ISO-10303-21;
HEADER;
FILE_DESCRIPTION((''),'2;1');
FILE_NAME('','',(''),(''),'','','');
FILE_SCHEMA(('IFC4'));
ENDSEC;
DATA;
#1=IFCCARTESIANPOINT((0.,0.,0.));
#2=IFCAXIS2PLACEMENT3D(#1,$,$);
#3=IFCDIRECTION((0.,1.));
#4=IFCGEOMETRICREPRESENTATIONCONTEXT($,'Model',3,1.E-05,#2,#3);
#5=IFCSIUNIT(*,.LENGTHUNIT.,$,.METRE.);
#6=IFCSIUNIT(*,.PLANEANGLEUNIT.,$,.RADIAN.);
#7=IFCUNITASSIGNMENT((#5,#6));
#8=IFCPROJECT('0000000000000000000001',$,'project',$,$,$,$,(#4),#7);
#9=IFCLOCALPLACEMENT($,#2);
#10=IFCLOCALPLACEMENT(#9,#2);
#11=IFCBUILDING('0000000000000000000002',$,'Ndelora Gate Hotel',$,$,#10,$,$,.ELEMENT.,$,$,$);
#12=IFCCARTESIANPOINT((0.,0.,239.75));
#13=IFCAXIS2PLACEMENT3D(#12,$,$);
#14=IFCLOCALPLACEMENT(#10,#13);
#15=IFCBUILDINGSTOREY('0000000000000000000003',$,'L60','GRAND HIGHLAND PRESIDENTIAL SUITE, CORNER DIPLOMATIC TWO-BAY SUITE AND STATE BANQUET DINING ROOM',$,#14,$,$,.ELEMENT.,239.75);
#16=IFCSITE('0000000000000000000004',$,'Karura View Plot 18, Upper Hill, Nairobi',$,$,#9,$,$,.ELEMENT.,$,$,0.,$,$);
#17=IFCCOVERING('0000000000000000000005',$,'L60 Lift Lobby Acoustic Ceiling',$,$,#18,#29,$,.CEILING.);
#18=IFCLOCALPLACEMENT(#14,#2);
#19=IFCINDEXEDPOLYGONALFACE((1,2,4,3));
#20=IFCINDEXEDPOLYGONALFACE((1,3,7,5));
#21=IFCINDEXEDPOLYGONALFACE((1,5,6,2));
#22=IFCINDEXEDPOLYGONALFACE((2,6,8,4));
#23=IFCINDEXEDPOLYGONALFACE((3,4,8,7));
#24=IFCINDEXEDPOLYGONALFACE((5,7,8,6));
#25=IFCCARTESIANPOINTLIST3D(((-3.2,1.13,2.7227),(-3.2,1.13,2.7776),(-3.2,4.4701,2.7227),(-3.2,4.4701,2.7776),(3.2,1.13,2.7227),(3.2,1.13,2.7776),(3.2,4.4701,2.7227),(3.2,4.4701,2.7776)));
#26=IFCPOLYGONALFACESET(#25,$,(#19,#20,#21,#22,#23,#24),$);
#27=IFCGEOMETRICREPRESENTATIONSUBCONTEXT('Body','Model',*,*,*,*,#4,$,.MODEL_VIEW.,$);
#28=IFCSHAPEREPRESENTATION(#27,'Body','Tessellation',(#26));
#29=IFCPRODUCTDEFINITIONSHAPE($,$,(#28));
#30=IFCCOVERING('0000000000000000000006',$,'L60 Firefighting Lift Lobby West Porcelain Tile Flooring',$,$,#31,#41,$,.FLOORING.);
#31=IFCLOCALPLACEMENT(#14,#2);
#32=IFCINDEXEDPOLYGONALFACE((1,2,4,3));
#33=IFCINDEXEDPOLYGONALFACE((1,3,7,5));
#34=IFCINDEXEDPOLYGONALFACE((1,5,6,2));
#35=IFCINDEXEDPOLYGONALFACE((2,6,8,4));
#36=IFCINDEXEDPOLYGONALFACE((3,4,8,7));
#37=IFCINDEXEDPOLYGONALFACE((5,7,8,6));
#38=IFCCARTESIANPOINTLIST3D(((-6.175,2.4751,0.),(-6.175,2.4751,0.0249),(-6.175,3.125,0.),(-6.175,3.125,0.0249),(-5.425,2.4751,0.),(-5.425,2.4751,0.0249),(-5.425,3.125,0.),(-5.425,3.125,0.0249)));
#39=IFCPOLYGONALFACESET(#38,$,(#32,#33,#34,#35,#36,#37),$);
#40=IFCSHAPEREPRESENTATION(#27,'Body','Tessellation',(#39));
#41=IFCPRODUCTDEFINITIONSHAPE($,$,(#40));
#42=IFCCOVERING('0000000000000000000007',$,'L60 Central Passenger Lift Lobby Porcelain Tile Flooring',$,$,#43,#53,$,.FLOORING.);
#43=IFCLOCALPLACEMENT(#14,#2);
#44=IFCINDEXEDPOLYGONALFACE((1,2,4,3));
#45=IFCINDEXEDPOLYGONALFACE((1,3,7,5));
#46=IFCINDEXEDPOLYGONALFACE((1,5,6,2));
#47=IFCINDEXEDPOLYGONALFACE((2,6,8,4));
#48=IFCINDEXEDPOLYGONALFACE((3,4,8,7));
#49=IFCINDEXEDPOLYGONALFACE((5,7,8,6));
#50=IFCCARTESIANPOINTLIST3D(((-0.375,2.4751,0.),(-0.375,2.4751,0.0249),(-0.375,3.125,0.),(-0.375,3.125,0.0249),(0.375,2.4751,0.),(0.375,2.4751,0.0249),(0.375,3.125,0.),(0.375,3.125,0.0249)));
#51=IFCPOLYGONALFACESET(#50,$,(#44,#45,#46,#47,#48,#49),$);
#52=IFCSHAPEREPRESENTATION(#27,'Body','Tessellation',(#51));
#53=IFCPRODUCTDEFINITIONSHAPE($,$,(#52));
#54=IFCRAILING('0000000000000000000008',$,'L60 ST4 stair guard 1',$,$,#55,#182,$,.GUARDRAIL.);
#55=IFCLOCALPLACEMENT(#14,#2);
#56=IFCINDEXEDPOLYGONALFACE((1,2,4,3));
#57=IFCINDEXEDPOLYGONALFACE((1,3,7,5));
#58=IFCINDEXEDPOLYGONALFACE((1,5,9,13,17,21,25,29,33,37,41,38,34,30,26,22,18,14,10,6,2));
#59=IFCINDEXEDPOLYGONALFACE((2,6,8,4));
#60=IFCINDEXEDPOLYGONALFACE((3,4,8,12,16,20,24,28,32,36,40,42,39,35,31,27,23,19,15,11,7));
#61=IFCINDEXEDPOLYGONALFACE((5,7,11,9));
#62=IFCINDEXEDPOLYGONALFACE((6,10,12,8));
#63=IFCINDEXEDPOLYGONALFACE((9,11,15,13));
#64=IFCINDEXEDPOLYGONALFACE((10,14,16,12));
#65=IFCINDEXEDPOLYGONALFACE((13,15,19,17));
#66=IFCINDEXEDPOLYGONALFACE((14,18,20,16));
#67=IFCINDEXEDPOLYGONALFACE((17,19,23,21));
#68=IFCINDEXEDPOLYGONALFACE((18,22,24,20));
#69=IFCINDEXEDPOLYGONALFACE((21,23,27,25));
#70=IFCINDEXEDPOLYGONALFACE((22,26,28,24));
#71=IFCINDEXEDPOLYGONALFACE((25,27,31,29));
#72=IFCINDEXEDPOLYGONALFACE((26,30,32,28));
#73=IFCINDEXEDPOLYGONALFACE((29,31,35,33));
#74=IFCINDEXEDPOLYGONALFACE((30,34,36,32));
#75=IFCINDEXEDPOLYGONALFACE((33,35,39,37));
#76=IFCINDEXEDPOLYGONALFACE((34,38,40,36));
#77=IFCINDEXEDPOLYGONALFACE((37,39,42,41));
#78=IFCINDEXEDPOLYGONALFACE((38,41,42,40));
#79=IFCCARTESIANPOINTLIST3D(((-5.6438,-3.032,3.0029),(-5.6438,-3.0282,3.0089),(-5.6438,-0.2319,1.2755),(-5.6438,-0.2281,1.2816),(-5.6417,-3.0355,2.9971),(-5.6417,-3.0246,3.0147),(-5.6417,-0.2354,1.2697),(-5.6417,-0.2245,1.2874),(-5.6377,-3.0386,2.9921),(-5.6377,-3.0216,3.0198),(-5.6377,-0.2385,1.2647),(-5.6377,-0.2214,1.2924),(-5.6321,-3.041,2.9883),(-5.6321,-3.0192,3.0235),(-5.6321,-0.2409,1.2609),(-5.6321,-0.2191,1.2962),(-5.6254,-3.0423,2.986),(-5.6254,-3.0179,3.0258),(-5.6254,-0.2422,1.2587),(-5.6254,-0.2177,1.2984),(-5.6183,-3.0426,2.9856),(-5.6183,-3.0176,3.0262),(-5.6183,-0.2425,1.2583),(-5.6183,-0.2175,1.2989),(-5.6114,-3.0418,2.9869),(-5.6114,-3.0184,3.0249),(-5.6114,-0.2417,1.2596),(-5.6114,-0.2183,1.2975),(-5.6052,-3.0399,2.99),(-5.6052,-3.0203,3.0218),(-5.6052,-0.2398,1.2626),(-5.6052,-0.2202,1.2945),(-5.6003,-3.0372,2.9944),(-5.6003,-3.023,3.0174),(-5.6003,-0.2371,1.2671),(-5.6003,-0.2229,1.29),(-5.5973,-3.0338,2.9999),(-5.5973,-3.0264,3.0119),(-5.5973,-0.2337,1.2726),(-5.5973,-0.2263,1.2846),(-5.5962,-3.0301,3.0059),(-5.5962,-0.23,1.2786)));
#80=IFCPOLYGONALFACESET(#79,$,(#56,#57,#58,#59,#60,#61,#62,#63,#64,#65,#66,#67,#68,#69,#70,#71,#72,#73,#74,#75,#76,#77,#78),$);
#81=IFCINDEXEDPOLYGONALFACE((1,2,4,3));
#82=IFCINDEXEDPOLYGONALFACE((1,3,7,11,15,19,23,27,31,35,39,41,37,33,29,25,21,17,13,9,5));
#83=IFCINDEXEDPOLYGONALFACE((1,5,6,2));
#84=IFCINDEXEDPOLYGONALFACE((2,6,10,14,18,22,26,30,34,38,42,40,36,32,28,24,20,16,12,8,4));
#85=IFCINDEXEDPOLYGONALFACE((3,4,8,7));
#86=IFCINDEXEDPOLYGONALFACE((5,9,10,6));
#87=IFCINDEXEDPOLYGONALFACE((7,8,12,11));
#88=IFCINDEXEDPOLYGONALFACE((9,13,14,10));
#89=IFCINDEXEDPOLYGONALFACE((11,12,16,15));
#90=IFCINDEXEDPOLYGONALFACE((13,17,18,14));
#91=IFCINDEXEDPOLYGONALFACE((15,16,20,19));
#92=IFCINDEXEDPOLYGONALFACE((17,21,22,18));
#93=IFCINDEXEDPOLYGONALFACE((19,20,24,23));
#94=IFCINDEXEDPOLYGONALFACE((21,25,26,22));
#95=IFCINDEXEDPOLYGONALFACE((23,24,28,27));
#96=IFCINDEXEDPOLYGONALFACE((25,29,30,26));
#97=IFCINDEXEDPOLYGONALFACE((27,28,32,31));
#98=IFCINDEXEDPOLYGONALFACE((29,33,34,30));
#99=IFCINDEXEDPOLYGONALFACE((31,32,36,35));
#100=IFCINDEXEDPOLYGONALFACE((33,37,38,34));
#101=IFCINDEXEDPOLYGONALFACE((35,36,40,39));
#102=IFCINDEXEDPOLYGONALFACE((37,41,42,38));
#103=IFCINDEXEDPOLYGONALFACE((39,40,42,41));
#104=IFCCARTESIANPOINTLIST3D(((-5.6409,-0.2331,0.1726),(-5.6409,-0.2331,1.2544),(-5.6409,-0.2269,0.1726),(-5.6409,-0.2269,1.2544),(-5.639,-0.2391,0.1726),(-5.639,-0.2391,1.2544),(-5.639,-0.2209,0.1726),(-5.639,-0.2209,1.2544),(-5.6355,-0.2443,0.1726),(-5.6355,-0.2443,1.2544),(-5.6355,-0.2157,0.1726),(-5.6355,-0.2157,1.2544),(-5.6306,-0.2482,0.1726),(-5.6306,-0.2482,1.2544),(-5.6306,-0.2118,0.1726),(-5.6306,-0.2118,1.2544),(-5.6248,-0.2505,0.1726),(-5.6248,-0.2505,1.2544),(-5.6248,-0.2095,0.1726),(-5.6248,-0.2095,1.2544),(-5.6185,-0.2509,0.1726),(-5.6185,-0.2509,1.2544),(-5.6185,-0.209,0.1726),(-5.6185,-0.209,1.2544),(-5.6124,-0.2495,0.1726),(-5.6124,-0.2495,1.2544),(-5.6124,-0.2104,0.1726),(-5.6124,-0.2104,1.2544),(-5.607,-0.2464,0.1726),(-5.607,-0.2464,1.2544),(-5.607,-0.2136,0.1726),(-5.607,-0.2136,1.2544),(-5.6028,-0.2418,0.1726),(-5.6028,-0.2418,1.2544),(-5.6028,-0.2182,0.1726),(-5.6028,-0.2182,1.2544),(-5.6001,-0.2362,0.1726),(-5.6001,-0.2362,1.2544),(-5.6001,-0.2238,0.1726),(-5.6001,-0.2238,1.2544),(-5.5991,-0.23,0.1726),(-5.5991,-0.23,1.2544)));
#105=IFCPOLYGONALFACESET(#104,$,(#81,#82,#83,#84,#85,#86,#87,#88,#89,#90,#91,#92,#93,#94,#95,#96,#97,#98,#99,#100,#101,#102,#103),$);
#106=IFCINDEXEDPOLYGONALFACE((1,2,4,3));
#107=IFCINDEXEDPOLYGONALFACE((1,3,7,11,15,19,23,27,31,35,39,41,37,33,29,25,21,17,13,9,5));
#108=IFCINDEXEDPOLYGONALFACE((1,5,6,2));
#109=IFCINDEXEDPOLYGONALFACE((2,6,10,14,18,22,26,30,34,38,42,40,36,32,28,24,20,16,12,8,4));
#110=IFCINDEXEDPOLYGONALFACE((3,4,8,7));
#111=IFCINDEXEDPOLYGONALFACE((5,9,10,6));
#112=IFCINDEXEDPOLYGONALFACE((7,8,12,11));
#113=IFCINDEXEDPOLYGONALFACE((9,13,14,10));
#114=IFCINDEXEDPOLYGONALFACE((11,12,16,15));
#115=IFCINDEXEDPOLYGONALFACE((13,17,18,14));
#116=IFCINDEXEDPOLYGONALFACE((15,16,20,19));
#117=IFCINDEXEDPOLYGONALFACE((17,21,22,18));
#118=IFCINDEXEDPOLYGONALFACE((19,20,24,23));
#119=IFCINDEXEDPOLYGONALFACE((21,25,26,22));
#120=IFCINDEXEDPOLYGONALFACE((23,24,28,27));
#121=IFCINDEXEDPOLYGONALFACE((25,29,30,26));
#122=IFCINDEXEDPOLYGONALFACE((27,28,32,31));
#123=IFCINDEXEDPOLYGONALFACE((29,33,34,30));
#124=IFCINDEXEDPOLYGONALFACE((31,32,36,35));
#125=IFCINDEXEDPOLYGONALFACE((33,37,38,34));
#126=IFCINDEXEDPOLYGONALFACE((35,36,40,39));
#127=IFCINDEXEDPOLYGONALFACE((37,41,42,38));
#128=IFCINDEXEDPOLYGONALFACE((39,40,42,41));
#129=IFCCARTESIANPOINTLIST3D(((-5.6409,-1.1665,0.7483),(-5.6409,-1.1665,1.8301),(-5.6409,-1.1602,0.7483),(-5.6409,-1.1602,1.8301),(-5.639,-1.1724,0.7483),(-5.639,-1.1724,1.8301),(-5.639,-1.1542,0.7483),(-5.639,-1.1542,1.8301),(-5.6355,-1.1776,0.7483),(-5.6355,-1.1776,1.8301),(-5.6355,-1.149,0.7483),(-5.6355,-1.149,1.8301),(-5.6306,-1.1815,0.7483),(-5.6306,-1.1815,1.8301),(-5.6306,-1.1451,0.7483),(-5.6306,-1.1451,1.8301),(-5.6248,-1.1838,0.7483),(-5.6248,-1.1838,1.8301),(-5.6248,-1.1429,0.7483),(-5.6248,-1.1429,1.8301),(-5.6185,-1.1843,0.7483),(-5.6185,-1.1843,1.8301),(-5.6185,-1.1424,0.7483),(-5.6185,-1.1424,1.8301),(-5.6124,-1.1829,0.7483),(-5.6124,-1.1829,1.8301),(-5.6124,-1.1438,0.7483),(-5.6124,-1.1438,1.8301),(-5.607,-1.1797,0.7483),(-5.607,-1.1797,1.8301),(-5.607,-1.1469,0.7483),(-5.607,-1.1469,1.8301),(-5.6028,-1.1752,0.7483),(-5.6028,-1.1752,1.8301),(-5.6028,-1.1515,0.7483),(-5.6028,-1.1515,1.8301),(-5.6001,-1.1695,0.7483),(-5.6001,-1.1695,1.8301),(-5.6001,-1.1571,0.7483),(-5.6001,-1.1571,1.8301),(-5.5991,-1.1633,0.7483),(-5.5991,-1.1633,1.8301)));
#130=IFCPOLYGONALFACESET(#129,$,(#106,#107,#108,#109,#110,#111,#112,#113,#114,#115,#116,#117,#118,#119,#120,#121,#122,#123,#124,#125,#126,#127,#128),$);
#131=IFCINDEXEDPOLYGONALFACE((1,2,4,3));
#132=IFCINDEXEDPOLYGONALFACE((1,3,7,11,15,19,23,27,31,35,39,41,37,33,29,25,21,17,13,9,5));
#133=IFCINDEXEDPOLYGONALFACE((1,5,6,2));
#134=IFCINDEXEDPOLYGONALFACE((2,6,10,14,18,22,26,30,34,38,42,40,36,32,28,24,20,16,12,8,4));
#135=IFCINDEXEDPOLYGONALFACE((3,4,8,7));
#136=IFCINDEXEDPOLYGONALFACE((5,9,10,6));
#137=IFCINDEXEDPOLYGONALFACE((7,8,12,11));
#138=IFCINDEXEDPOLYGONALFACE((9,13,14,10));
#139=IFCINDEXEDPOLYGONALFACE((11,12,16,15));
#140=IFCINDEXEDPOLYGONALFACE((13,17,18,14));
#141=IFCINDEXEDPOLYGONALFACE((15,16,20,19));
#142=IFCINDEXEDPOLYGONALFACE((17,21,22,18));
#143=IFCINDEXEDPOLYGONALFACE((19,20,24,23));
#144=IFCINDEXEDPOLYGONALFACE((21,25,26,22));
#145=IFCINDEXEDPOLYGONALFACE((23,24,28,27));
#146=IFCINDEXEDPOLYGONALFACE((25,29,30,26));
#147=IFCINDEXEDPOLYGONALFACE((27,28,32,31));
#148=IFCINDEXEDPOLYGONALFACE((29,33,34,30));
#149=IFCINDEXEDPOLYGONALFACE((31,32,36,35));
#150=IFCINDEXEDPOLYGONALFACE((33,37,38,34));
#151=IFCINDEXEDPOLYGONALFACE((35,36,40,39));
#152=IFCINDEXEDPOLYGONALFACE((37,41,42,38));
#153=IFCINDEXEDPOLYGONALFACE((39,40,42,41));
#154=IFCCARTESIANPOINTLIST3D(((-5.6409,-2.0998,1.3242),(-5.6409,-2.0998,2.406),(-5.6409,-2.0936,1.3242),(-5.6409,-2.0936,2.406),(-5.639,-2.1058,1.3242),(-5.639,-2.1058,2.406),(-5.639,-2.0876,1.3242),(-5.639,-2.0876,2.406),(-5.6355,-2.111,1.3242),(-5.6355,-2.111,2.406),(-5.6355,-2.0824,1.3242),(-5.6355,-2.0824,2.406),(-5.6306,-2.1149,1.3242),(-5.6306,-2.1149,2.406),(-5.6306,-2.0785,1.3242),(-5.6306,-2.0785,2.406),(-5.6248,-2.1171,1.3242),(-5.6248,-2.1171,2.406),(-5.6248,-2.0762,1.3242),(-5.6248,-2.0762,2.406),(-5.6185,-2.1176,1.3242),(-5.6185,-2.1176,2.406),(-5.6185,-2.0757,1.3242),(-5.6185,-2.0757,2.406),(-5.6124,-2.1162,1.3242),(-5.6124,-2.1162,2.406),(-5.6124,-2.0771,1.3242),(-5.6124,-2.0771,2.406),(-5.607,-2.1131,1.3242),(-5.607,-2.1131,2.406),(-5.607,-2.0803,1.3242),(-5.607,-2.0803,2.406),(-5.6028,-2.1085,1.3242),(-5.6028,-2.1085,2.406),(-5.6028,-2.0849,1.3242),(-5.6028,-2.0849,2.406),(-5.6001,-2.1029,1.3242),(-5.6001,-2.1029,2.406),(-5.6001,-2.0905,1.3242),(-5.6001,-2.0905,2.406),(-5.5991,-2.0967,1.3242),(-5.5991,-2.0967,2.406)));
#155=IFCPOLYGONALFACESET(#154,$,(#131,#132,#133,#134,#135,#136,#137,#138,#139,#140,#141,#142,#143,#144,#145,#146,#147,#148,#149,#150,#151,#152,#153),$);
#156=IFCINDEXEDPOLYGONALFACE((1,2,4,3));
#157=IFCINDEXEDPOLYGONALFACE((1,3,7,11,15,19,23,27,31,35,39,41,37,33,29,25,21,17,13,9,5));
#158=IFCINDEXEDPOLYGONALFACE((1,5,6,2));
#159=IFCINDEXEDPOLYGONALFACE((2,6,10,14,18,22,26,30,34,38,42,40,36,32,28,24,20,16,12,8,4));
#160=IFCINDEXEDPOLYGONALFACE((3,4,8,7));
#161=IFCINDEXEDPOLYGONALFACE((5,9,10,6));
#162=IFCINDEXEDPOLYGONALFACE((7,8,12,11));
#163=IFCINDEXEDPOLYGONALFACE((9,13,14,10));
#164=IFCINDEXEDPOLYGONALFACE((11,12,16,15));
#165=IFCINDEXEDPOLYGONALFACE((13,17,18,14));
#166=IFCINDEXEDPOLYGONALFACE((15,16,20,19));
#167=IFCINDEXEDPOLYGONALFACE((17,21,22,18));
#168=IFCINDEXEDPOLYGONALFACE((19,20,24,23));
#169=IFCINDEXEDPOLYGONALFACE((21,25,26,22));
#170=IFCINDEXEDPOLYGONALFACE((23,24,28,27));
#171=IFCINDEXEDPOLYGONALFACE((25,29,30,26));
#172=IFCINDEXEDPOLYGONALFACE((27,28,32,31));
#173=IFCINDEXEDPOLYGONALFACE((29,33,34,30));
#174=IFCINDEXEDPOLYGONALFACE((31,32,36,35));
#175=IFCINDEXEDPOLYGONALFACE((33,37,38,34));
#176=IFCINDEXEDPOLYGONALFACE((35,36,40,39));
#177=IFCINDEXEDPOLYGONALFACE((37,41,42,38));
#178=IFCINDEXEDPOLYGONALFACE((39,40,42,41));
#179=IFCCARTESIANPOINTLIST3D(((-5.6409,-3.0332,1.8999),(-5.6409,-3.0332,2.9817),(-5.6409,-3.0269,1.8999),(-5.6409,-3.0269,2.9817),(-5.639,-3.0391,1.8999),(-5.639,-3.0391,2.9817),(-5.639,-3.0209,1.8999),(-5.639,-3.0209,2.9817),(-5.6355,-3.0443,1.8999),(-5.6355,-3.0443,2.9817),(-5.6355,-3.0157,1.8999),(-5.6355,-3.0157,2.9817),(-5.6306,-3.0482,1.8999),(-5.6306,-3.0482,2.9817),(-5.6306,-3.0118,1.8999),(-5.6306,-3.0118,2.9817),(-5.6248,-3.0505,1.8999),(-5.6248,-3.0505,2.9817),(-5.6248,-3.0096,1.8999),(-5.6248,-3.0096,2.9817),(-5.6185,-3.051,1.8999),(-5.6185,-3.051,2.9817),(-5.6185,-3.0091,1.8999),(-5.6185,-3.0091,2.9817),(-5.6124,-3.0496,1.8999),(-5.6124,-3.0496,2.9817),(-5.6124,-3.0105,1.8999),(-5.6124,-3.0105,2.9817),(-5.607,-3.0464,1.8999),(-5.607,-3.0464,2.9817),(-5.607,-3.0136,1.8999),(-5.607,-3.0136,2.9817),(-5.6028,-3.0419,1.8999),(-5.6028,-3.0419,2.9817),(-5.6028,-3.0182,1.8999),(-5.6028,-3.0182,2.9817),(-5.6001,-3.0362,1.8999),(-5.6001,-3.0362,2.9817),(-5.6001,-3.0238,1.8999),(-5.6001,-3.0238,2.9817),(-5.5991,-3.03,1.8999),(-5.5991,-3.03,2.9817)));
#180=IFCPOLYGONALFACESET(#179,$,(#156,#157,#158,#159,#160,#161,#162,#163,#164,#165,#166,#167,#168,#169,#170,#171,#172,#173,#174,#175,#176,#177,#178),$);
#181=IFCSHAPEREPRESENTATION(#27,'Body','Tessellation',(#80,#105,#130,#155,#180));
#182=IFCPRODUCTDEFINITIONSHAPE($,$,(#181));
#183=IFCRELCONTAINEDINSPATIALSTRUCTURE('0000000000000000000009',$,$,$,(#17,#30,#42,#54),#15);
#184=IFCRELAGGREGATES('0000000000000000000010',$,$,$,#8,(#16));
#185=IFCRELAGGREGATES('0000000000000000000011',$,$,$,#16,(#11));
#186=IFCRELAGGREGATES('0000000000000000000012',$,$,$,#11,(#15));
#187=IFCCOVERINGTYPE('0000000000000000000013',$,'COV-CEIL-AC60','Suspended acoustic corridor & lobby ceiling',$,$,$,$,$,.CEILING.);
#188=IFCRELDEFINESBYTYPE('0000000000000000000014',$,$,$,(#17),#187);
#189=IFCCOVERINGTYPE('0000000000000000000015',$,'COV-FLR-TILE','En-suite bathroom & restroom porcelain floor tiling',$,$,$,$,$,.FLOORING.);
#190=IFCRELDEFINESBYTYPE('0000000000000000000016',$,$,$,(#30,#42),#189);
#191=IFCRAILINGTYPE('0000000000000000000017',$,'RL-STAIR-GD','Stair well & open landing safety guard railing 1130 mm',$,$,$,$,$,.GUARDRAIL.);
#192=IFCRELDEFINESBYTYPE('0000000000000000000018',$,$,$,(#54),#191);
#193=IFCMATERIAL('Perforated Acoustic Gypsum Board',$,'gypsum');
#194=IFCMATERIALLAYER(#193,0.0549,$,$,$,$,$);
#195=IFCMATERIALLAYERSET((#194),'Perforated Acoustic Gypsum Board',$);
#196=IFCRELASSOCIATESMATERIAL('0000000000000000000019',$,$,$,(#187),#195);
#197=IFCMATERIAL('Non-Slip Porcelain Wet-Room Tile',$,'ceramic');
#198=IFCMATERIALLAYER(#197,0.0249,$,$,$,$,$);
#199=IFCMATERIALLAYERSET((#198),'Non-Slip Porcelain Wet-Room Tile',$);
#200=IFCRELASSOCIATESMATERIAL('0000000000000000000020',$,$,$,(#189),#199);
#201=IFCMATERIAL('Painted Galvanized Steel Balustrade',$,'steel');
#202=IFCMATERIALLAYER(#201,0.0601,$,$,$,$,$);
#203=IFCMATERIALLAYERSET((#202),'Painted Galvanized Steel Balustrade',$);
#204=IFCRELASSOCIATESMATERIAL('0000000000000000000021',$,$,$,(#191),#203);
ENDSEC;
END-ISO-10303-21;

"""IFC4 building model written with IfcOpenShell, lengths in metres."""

from ifc_helpers import new_model, si_unit, direction, frame, origin, origin_2d, place, context, subcontext, project, spatial, rectangle, circle, extrude, material, layer, layer_set, type_object, element, save


model = new_model("IFC4")

# Units and contexts
model_context = context("Model", 3, precision=1e-05, world=origin(), true_north=direction((0.0, 1.0)))
body_context = subcontext(model_context, "Body", "Model", "MODEL_VIEW")
ifc_project = project(units=[si_unit("LENGTHUNIT", "METRE"), si_unit("PLANEANGLEUNIT", "RADIAN")], contexts=[model_context])

# Site, building, storey
site_placement = place(None, origin())
site = spatial("IfcSite", under=ifc_project, at=site_placement, Name="Karura View Plot 18, Upper Hill, Nairobi", CompositionType="ELEMENT", RefElevation=0.0)
building_placement = place(site_placement, origin())
building = spatial("IfcBuilding", under=site, at=building_placement, Name="Ndelora Gate Hotel", CompositionType="ELEMENT")
storey_placement = place(building_placement, frame((0.0, 0.0, 239.75)))
storey = spatial("IfcBuildingStorey", under=building, at=storey_placement, Name="L60", Description="GRAND HIGHLAND PRESIDENTIAL SUITE, CORNER DIPLOMATIC TWO-BAY SUITE AND STATE BANQUET DINING ROOM", CompositionType="ELEMENT", Elevation=239.75)

# Coverings
ifc_material_1 = material(Name="Perforated Acoustic Gypsum Board", Category="gypsum")
ifc_layer_1 = layer(ifc_material_1, 0.0549)
ifc_layer_set_1 = layer_set([ifc_layer_1], Name="Perforated Acoustic Gypsum Board")
covering_type_1 = type_object("IfcCoveringType", Name="COV-CEIL-AC60", Description="Suspended acoustic corridor & lobby ceiling", PredefinedType="CEILING", material=ifc_layer_set_1)
covering_placement = place(storey_placement, frame((0.0, 2.8, 2.7227), z_axis=(0.0, 0.0, 1.0), x_axis=(1.0, 0.0, 0.0)))
element("IfcCovering", 1, at=covering_placement, inside=storey, type_object=covering_type_1, Name="L60 Lift Lobby Acoustic Ceiling", PredefinedType="CEILING", context=body_context, shape_type="SweptSolid", body=[
    extrude(rectangle(XDim=6.3999, YDim=3.3401, at=origin_2d()), origin(), (0.0, 0.0, 1.0), 0.0549),
])
ifc_material_2 = material(Name="Non-Slip Porcelain Wet-Room Tile", Category="ceramic")
ifc_layer_2 = layer(ifc_material_2, 0.0249)
ifc_layer_set_2 = layer_set([ifc_layer_2], Name="Non-Slip Porcelain Wet-Room Tile")
covering_type_2 = type_object("IfcCoveringType", Name="COV-FLR-TILE", Description="En-suite bathroom & restroom porcelain floor tiling", PredefinedType="FLOORING", material=ifc_layer_set_2)
for number, where, z_axis, x_axis, name in (
    (2, (-5.8, 2.8, 0.0), (0.0, 0.0, 1.0), (1.0, 0.0, 0.0), "L60 Firefighting Lift Lobby West Porcelain Tile Flooring"),
    (3, (0.0, 2.8, 0.0), (0.0, 0.0, 1.0), (1.0, 0.0, 0.0), "L60 Central Passenger Lift Lobby Porcelain Tile Flooring"),
):
    element("IfcCovering", number, at=place(storey_placement, frame(where, z_axis=z_axis, x_axis=x_axis)), inside=storey, type_object=covering_type_2, Name=name, PredefinedType="FLOORING", context=body_context, shape_type="SweptSolid", body=[
        extrude(rectangle(XDim=0.75, YDim=0.6499, at=origin_2d()), origin(), (0.0, 0.0, 1.0), 0.0249),
    ])

# Railing
ifc_material_3 = material(Name="Painted Galvanized Steel Balustrade", Category="steel")
ifc_layer_3 = layer(ifc_material_3, 0.0601)
ifc_layer_set_3 = layer_set([ifc_layer_3], Name="Painted Galvanized Steel Balustrade")
railing_type = type_object("IfcRailingType", Name="RL-STAIR-GD", Description="Stair well & open landing safety guard railing 1130 mm", PredefinedType="GUARDRAIL", material=ifc_layer_set_3)
railing_1_placement = place(storey_placement, frame((-5.6201, -0.23, 0.1726)))
element("IfcRailing", 4, at=railing_1_placement, inside=storey, type_object=railing_type, Name="L60 ST4 stair guard 1", PredefinedType="GUARDRAIL", context=body_context, shape_type="SweptSolid", body=[
    extrude(circle(Radius=0.0239, at=origin_2d()), frame((0.0, 0.0, 1.106), z_axis=(0.0, -0.85109, 0.52502), x_axis=(1.0, 0.0, 0.0)), (0.0, 0.0, 1.0), 3.29),
    extrude(circle(Radius=0.021, at=origin_2d()), origin(), (0.0, 0.0, 1.0), 1.0818),
    extrude(circle(Radius=0.021, at=origin_2d()), frame((0.0, -0.9333, 0.5757)), (0.0, 0.0, 1.0), 1.0818),
    extrude(circle(Radius=0.021, at=origin_2d()), frame((0.0, -1.8667, 1.1516)), (0.0, 0.0, 1.0), 1.0818),
    extrude(circle(Radius=0.021, at=origin_2d()), frame((0.0, -2.8, 1.7273)), (0.0, 0.0, 1.0), 1.0818),
])

save(model, "model.ifc")
